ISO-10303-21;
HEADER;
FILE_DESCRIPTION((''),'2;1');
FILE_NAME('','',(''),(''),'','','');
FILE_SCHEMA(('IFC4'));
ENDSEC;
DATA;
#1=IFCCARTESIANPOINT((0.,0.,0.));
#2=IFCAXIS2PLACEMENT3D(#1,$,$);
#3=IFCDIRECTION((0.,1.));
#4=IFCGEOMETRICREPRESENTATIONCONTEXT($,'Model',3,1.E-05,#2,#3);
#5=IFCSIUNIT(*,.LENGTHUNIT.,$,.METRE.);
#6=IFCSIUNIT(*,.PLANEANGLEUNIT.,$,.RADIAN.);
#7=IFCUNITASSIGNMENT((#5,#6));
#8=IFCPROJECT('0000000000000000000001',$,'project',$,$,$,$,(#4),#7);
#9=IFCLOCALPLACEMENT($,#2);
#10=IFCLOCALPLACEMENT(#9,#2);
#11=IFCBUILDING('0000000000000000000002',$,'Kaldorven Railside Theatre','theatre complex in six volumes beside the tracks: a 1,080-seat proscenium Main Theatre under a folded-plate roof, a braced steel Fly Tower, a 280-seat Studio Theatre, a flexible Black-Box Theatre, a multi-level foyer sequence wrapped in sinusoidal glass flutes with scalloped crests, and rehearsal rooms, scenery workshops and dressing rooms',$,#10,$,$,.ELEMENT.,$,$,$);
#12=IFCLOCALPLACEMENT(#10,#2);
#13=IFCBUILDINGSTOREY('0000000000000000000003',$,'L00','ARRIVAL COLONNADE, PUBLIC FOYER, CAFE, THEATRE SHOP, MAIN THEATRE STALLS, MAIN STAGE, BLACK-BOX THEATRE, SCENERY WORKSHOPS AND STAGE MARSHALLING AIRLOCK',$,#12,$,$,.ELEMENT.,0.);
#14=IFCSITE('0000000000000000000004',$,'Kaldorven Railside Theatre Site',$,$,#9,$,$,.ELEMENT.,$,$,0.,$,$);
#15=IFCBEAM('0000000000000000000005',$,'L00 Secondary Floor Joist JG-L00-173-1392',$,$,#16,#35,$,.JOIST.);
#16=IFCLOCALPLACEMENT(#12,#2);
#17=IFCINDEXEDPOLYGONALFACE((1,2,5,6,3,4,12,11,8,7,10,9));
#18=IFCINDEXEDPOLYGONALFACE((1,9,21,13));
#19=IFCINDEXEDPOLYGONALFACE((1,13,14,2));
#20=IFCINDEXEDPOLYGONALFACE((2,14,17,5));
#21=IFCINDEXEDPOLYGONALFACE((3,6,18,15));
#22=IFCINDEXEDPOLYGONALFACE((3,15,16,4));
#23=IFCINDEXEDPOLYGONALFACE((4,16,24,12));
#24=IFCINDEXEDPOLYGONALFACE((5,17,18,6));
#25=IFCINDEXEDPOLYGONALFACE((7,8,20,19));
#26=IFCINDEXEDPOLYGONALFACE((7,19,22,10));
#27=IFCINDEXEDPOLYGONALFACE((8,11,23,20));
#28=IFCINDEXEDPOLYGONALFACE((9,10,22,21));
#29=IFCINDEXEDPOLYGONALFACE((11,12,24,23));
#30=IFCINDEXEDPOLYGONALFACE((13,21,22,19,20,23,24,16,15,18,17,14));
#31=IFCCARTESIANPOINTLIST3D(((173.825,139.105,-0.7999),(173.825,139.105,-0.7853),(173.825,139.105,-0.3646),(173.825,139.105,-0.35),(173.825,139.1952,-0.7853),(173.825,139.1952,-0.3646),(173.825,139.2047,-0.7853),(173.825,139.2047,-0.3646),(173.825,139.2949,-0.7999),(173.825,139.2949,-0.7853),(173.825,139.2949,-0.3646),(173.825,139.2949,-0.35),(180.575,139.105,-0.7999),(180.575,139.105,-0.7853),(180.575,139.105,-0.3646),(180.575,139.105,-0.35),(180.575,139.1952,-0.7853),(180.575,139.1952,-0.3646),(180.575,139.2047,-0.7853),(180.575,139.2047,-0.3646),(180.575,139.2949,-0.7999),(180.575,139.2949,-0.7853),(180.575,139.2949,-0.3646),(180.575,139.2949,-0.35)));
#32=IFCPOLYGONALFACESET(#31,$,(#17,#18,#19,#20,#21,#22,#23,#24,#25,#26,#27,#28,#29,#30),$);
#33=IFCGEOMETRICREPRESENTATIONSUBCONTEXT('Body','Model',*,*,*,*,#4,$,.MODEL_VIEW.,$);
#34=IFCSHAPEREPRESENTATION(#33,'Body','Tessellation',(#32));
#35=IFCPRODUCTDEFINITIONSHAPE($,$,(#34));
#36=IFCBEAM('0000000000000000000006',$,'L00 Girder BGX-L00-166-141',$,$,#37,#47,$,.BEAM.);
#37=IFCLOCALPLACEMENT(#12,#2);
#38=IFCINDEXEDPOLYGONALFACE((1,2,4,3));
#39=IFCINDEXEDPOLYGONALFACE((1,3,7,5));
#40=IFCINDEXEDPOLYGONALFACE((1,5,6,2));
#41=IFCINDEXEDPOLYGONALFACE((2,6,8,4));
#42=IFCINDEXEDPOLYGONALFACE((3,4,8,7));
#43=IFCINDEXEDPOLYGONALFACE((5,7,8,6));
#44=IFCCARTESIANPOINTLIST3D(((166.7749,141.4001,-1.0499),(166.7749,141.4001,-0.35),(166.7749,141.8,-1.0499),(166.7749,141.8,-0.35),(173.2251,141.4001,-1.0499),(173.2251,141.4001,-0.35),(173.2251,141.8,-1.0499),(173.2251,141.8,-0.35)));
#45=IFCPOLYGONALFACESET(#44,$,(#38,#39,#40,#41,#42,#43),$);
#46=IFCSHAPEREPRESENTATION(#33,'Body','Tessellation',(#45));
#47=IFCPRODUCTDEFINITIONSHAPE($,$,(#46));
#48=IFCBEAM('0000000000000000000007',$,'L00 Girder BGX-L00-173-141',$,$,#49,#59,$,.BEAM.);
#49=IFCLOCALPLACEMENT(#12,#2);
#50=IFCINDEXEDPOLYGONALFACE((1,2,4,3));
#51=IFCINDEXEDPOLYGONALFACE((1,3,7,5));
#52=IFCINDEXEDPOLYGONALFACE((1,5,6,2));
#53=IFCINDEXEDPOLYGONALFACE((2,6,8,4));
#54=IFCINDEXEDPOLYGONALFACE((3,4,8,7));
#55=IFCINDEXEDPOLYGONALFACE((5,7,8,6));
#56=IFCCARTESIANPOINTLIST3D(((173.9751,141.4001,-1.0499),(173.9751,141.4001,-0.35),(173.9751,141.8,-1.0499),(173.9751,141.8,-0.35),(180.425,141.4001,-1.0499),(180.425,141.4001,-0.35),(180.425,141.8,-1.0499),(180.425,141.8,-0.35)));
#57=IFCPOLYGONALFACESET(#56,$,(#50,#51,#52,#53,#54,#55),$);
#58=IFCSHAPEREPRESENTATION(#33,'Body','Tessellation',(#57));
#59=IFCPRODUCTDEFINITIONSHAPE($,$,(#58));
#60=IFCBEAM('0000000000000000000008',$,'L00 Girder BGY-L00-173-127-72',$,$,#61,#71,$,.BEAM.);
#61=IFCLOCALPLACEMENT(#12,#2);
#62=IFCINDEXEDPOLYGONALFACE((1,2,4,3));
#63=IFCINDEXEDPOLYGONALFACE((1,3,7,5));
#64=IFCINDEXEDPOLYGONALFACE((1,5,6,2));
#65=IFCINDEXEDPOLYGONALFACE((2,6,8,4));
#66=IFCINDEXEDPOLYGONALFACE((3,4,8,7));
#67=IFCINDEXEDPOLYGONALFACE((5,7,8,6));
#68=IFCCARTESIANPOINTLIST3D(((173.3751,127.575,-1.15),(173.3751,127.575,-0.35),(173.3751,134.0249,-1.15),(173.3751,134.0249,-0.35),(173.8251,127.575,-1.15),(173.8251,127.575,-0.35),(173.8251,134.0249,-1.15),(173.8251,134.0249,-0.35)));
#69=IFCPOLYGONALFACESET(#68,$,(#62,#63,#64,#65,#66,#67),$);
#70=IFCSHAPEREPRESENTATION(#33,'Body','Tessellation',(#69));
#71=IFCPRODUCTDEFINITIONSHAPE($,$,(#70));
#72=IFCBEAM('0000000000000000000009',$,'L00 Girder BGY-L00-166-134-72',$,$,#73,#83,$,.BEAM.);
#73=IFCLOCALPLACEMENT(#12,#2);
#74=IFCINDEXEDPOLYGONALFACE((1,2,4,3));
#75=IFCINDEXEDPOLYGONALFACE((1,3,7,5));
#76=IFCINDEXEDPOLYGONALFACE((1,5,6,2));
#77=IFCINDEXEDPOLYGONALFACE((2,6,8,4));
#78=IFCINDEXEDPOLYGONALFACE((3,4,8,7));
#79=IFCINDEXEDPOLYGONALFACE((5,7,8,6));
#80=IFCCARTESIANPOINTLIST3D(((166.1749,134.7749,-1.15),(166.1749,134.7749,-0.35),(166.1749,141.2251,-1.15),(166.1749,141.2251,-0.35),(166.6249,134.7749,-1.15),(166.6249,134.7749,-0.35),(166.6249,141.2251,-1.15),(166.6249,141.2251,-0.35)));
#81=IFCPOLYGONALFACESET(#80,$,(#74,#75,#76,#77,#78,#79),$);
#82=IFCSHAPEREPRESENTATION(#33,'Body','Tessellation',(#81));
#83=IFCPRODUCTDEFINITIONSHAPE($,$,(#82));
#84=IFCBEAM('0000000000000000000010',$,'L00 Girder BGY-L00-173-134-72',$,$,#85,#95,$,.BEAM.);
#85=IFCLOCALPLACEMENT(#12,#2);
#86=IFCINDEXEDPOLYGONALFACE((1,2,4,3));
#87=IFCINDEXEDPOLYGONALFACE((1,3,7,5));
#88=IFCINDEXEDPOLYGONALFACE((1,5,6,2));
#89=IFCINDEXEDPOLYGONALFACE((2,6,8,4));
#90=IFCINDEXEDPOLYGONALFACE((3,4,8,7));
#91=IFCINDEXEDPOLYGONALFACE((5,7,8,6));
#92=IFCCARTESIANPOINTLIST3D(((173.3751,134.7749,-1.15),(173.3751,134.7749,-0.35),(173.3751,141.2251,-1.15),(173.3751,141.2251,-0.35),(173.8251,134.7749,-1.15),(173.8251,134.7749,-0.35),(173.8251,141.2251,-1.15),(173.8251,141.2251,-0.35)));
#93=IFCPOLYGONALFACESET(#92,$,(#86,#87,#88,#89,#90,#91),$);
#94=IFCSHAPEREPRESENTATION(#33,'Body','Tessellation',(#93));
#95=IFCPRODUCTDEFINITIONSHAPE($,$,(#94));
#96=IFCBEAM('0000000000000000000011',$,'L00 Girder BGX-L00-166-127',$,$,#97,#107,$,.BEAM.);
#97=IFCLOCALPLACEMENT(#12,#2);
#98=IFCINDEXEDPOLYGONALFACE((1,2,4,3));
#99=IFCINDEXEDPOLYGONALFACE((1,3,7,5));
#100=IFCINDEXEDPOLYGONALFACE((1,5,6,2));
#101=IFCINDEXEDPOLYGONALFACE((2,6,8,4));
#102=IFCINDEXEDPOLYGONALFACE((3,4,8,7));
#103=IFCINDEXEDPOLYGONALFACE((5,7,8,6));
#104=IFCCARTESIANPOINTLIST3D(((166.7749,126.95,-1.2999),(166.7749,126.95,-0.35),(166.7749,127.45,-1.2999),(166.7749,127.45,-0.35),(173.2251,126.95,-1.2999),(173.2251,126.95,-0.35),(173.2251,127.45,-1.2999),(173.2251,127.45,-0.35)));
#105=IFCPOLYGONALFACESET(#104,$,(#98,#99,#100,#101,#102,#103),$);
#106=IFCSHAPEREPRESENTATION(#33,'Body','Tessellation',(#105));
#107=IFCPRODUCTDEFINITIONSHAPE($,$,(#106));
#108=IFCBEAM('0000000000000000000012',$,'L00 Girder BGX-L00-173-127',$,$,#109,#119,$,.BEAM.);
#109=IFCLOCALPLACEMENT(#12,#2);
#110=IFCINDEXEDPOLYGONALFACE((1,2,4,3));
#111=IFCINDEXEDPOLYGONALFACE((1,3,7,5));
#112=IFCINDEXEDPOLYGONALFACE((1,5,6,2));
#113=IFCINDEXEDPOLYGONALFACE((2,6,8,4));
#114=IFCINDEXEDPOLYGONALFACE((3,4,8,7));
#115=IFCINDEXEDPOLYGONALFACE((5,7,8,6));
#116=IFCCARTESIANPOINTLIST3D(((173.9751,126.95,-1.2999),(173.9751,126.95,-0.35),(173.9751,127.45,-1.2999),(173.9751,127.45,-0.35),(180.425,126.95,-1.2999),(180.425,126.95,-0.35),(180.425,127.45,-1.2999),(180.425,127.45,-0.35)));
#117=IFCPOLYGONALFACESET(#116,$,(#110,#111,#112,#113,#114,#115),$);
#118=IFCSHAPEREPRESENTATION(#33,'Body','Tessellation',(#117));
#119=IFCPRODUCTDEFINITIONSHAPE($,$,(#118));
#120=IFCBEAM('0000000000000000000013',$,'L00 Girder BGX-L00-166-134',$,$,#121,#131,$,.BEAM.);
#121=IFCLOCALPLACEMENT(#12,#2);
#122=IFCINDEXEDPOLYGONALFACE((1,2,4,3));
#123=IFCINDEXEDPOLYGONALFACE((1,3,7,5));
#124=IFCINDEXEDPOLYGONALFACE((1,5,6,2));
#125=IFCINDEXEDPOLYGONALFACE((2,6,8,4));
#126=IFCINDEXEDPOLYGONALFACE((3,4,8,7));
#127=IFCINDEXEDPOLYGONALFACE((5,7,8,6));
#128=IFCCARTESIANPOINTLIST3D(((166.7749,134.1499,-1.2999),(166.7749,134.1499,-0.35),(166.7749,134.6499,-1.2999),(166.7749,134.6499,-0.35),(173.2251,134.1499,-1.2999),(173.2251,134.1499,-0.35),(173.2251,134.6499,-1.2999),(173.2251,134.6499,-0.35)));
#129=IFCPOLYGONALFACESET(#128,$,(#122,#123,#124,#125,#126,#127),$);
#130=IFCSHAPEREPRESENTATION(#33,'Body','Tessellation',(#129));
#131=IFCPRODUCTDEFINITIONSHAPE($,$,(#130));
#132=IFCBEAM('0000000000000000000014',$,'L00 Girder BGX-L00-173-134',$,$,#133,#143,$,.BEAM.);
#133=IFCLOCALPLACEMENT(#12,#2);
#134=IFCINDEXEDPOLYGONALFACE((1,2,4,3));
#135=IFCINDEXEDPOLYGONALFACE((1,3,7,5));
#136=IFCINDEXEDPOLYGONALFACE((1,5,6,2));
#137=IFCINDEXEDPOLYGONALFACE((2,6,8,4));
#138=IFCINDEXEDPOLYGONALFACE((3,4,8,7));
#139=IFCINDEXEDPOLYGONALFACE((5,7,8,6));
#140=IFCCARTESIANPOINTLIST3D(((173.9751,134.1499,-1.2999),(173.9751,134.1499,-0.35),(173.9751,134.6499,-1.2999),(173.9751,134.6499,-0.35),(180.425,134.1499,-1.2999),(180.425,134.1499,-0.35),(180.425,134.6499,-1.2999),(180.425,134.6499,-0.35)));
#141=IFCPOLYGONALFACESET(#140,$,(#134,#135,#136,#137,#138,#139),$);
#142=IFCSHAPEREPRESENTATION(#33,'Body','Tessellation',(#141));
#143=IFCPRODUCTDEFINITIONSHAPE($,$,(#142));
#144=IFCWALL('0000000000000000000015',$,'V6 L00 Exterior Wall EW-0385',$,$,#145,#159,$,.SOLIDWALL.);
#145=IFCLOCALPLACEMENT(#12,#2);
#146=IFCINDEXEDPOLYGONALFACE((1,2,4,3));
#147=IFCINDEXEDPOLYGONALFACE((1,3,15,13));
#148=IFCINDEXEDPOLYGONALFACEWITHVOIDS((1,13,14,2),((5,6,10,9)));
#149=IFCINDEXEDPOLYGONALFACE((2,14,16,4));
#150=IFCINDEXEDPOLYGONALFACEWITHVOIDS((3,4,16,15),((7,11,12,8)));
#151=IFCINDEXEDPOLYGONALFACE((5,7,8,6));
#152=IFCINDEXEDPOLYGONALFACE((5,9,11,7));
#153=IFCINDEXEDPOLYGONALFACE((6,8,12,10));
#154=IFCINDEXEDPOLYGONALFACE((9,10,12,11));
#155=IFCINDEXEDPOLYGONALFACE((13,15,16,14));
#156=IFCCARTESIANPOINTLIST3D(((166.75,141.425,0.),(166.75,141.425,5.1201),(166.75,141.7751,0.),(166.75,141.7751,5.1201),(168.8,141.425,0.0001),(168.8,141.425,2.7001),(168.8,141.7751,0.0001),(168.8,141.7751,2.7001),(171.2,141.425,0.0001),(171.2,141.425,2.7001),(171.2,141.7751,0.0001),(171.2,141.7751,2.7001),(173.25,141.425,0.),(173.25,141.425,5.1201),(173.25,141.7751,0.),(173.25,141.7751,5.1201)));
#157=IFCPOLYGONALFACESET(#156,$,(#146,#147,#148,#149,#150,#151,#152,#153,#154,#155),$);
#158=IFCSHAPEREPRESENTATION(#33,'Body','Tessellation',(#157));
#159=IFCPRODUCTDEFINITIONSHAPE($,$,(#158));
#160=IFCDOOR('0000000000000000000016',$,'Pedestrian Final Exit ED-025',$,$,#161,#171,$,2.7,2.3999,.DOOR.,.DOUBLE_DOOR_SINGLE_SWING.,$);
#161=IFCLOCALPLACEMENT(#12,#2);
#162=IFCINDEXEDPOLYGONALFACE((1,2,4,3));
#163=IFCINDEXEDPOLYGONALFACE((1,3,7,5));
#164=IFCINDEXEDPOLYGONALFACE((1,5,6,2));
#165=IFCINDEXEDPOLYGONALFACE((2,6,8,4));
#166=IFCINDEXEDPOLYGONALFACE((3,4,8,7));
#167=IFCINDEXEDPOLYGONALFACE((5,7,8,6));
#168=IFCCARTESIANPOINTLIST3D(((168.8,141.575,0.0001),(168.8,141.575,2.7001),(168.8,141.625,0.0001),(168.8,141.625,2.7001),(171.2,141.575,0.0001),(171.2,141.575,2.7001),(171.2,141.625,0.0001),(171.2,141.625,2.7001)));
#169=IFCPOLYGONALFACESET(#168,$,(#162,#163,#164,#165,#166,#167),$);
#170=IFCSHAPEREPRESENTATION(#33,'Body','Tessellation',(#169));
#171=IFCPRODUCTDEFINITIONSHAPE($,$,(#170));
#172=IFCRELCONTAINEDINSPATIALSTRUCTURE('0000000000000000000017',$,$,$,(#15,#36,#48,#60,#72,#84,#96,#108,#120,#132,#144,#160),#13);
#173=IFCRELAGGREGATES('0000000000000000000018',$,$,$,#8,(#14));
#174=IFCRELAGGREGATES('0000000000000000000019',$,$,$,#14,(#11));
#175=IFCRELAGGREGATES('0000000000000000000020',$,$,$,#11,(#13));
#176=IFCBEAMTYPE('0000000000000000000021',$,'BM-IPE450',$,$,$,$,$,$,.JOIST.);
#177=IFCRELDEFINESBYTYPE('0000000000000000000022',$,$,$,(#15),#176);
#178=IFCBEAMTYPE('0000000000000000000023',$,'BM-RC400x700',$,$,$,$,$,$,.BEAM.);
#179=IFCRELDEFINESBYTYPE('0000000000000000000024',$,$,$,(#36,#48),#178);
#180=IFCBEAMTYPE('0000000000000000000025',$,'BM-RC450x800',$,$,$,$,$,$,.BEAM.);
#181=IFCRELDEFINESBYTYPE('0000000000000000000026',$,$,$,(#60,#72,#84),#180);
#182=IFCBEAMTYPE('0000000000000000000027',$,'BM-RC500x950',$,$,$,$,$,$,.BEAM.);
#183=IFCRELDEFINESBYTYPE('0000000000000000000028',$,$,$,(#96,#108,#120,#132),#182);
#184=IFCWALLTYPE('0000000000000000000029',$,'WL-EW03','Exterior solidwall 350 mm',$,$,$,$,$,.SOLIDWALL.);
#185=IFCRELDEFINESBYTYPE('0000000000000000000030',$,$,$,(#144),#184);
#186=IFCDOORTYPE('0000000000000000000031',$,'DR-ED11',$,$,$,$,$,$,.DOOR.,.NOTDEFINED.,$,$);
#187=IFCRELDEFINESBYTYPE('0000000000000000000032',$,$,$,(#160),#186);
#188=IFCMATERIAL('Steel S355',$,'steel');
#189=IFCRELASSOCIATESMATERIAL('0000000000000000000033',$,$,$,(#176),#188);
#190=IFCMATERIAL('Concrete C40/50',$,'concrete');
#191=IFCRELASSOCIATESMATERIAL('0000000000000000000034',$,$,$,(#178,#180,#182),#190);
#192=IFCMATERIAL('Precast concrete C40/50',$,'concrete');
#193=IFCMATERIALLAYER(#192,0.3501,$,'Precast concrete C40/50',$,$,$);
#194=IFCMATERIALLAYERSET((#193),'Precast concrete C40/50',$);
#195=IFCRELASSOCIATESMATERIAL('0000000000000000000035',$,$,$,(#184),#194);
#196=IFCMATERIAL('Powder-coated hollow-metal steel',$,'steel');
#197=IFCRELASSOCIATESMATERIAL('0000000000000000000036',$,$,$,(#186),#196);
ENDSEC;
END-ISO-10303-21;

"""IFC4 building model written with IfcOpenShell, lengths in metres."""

from ifc_helpers import new_model, si_unit, direction, frame, frame_2d, origin, origin_2d, place, context, subcontext, project, spatial, rectangle, i_section, extrude, material, layer, layer_set, material_profile, profile_set, type_object, element, fill, save


model = new_model("IFC4")

# Units and contexts
model_context = context("Model", 3, precision=1e-05, world=origin(), true_north=direction((0.0, 1.0)))
body_context = subcontext(model_context, "Body", "Model", "MODEL_VIEW")
ifc_project = project(units=[si_unit("LENGTHUNIT", "METRE"), si_unit("PLANEANGLEUNIT", "RADIAN")], contexts=[model_context])

# Site, building, storey
site_placement = place(None, origin())
site = spatial("IfcSite", under=ifc_project, at=site_placement, Name="Kaldorven Railside Theatre Site", CompositionType="ELEMENT", RefElevation=0.0)
building_placement = place(site_placement, origin())
building = spatial("IfcBuilding", under=site, at=building_placement, Name="Kaldorven Railside Theatre", Description="theatre complex in six volumes beside the tracks: a 1,080-seat proscenium Main Theatre under a folded-plate roof, a braced steel Fly Tower, a 280-seat Studio Theatre, a flexible Black-Box Theatre, a multi-level foyer sequence wrapped in sinusoidal glass flutes with scalloped crests, and rehearsal rooms, scenery workshops and dressing rooms", CompositionType="ELEMENT")
storey_placement = place(building_placement, origin())
storey = spatial("IfcBuildingStorey", under=building, at=storey_placement, Name="L00", Description="ARRIVAL COLONNADE, PUBLIC FOYER, CAFE, THEATRE SHOP, MAIN THEATRE STALLS, MAIN STAGE, BLACK-BOX THEATRE, SCENERY WORKSHOPS AND STAGE MARSHALLING AIRLOCK", CompositionType="ELEMENT", Elevation=0.0)

# Shared definitions
ifc_material_1 = material(Name="Concrete C40/50", Category="concrete")

# Beams
ifc_material_2 = material(Name="Steel S355", Category="steel")
ifc_material_profile_1 = material_profile(ifc_material_2, i_section(OverallWidth=0.1899, OverallDepth=0.45, WebThickness=0.0095, FlangeThickness=0.0146, at=origin_2d()), Name="IPE 450")
ifc_profile_set_1 = profile_set([ifc_material_profile_1], Name="Steel S355")
beam_type_1 = type_object("IfcBeamType", Name="BM-IPE450", PredefinedType="JOIST", material=ifc_profile_set_1)
for number, where, z_axis, x_axis, name in (
    (1, (173.825, 139.2, -0.575), (1.0, 0.0, 0.0), (0.0, 1.0, 0.0), "L00 Secondary Floor Joist JG-L00-173-1392"),
):
    element("IfcBeam", number, at=place(storey_placement, frame(where, z_axis=z_axis, x_axis=x_axis)), inside=storey, type_object=beam_type_1, Name=name, PredefinedType="JOIST", context=body_context, shape_type="SweptSolid", body=[
        extrude(i_section(OverallWidth=0.1899, OverallDepth=0.45, WebThickness=0.0095, FlangeThickness=0.0146, at=origin_2d()), origin(), (0.0, 0.0, 1.0), 6.75),
    ])
ifc_material_profile_2 = material_profile(ifc_material_1, rectangle(XDim=0.3999, YDim=0.7, at=origin_2d()), Name="RC 400x700")
ifc_profile_set_2 = profile_set([ifc_material_profile_2], Name="Concrete C40/50")
beam_type_2 = type_object("IfcBeamType", Name="BM-RC400x700", PredefinedType="BEAM", material=ifc_profile_set_2)
beam_1_placement = place(storey_placement, frame((166.7749, 141.6001, -0.7), z_axis=(1.0, 0.0, 0.0), x_axis=(0.0, 1.0, 0.0)))
element("IfcBeam", 2, at=beam_1_placement, inside=storey, type_object=beam_type_2, Name="L00 Girder BGX-L00-166-141", PredefinedType="BEAM", context=body_context, shape_type="SweptSolid", body=[
    extrude(rectangle(XDim=0.3999, YDim=0.7, at=origin_2d()), origin(), (0.0, 0.0, 1.0), 6.4502),
])
beam_2_placement = place(storey_placement, frame((173.9751, 141.6001, -0.7), z_axis=(1.0, 0.0, 0.0), x_axis=(0.0, 1.0, 0.0)))
element("IfcBeam", 3, at=beam_2_placement, inside=storey, type_object=beam_type_2, Name="L00 Girder BGX-L00-173-141", PredefinedType="BEAM", context=body_context, shape_type="SweptSolid", body=[
    extrude(rectangle(XDim=0.3999, YDim=0.7, at=origin_2d()), origin(), (0.0, 0.0, 1.0), 6.45),
])
ifc_material_profile_3 = material_profile(ifc_material_1, rectangle(XDim=0.45, YDim=0.8, at=origin_2d()), Name="RC 450x800")
ifc_profile_set_3 = profile_set([ifc_material_profile_3], Name="Concrete C40/50")
beam_type_3 = type_object("IfcBeamType", Name="BM-RC450x800", PredefinedType="BEAM", material=ifc_profile_set_3)
beam_3_placement = place(storey_placement, frame((173.6001, 127.575, -0.75), z_axis=(0.0, 1.0, 0.0), x_axis=(-1.0, 0.0, 0.0)))
element("IfcBeam", 4, at=beam_3_placement, inside=storey, type_object=beam_type_3, Name="L00 Girder BGY-L00-173-127-72", PredefinedType="BEAM", context=body_context, shape_type="SweptSolid", body=[
    extrude(rectangle(XDim=0.45, YDim=0.8, at=origin_2d()), origin(), (0.0, 0.0, 1.0), 6.45),
])
for number, where, z_axis, x_axis, name in (
    (5, (166.3999, 134.7749, -0.75), (0.0, 1.0, 0.0), (-1.0, 0.0, 0.0), "L00 Girder BGY-L00-166-134-72"),
    (6, (173.6001, 134.7749, -0.75), (0.0, 1.0, 0.0), (-1.0, 0.0, 0.0), "L00 Girder BGY-L00-173-134-72"),
):
    element("IfcBeam", number, at=place(storey_placement, frame(where, z_axis=z_axis, x_axis=x_axis)), inside=storey, type_object=beam_type_3, Name=name, PredefinedType="BEAM", context=body_context, shape_type="SweptSolid", body=[
        extrude(rectangle(XDim=0.45, YDim=0.8, at=origin_2d()), origin(), (0.0, 0.0, 1.0), 6.4502),
    ])
ifc_material_profile_4 = material_profile(ifc_material_1, rectangle(XDim=0.5, YDim=0.95, at=origin_2d()), Name="RC 500x950")
ifc_profile_set_4 = profile_set([ifc_material_profile_4], Name="Concrete C40/50")
beam_type_4 = type_object("IfcBeamType", Name="BM-RC500x950", PredefinedType="BEAM", material=ifc_profile_set_4)
beam_4_placement = place(storey_placement, frame((166.7749, 127.2, -0.825), z_axis=(1.0, 0.0, 0.0), x_axis=(0.0, 1.0, 0.0)))
element("IfcBeam", 7, at=beam_4_placement, inside=storey, type_object=beam_type_4, Name="L00 Girder BGX-L00-166-127", PredefinedType="BEAM", context=body_context, shape_type="SweptSolid", body=[
    extrude(rectangle(XDim=0.5, YDim=0.95, at=origin_2d()), origin(), (0.0, 0.0, 1.0), 6.4502),
])
beam_5_placement = place(storey_placement, frame((173.9751, 127.2, -0.825), z_axis=(1.0, 0.0, 0.0), x_axis=(0.0, 1.0, 0.0)))
element("IfcBeam", 8, at=beam_5_placement, inside=storey, type_object=beam_type_4, Name="L00 Girder BGX-L00-173-127", PredefinedType="BEAM", context=body_context, shape_type="SweptSolid", body=[
    extrude(rectangle(XDim=0.5, YDim=0.95, at=origin_2d()), origin(), (0.0, 0.0, 1.0), 6.45),
])
beam_6_placement = place(storey_placement, frame((166.7749, 134.3999, -0.825), z_axis=(1.0, 0.0, 0.0), x_axis=(0.0, 1.0, 0.0)))
element("IfcBeam", 9, at=beam_6_placement, inside=storey, type_object=beam_type_4, Name="L00 Girder BGX-L00-166-134", PredefinedType="BEAM", context=body_context, shape_type="SweptSolid", body=[
    extrude(rectangle(XDim=0.5, YDim=0.95, at=origin_2d()), origin(), (0.0, 0.0, 1.0), 6.4502),
])
beam_7_placement = place(storey_placement, frame((173.9751, 134.3999, -0.825), z_axis=(1.0, 0.0, 0.0), x_axis=(0.0, 1.0, 0.0)))
element("IfcBeam", 10, at=beam_7_placement, inside=storey, type_object=beam_type_4, Name="L00 Girder BGX-L00-173-134", PredefinedType="BEAM", context=body_context, shape_type="SweptSolid", body=[
    extrude(rectangle(XDim=0.5, YDim=0.95, at=origin_2d()), origin(), (0.0, 0.0, 1.0), 6.45),
])

# Wall, opening, door
ifc_material_3 = material(Name="Precast concrete C40/50", Category="concrete")
ifc_layer_1 = layer(ifc_material_3, 0.3501, Name="Precast concrete C40/50")
ifc_layer_set_1 = layer_set([ifc_layer_1], Name="Precast concrete C40/50")
wall_type_1 = type_object("IfcWallType", Name="WL-EW03", Description="Exterior solidwall 350 mm", PredefinedType="SOLIDWALL", material=ifc_layer_set_1)
wall_1_placement = place(storey_placement, frame((166.75, 141.6001, 0.0), z_axis=(0.0, 0.0, 1.0), x_axis=(1.0, 0.0, 0.0)))
wall_1 = element("IfcWall", 11, at=wall_1_placement, inside=storey, type_object=wall_type_1, Name="V6 L00 Exterior Wall EW-0385", PredefinedType="SOLIDWALL", context=body_context, shape_type="SweptSolid", body=[
    extrude(rectangle(XDim=6.5, YDim=0.3501, at=frame_2d((3.25, 0.0))), origin(), (0.0, 0.0, 1.0), 5.1201),
])
opening_1_placement = place(wall_1_placement, frame((2.05, 0.0, 0.0)))
opening_1 = element("IfcOpeningElement", 12, at=opening_1_placement, cuts=wall_1, PredefinedType="OPENING", context=body_context, shape_type="SweptSolid", body=[
    extrude(rectangle(XDim=2.3999, YDim=2.7, at=frame_2d((1.2, 1.3501))), frame((0.0, 0.1851, 0.0), z_axis=(0.0, -1.0, 0.0), x_axis=(1.0, 0.0, 0.0)), (0.0, 0.0, 1.0), 0.3701),
])
ifc_material_4 = material(Name="Powder-coated hollow-metal steel", Category="steel")
door_type_1 = type_object("IfcDoorType", Name="DR-ED11", OperationType="NOTDEFINED", PredefinedType="DOOR", material=ifc_material_4)
door_1_placement = place(opening_1_placement, origin())
door_1 = element("IfcDoor", 13, at=door_1_placement, inside=storey, type_object=door_type_1, Name="Pedestrian Final Exit ED-025", OperationType="DOUBLE_DOOR_SINGLE_SWING", OverallHeight=2.7, OverallWidth=2.3999, PredefinedType="DOOR", context=body_context, shape_type="SweptSolid", body=[
    extrude(rectangle(XDim=2.3999, YDim=2.7, at=frame_2d((1.2, 1.3501))), frame((0.0, 0.0249, 0.0), z_axis=(0.0, -1.0, 0.0), x_axis=(1.0, 0.0, 0.0)), (0.0, 0.0, 1.0), 0.05),
])
fill(opening_1, door_1)

save(model, "model.ifc")
